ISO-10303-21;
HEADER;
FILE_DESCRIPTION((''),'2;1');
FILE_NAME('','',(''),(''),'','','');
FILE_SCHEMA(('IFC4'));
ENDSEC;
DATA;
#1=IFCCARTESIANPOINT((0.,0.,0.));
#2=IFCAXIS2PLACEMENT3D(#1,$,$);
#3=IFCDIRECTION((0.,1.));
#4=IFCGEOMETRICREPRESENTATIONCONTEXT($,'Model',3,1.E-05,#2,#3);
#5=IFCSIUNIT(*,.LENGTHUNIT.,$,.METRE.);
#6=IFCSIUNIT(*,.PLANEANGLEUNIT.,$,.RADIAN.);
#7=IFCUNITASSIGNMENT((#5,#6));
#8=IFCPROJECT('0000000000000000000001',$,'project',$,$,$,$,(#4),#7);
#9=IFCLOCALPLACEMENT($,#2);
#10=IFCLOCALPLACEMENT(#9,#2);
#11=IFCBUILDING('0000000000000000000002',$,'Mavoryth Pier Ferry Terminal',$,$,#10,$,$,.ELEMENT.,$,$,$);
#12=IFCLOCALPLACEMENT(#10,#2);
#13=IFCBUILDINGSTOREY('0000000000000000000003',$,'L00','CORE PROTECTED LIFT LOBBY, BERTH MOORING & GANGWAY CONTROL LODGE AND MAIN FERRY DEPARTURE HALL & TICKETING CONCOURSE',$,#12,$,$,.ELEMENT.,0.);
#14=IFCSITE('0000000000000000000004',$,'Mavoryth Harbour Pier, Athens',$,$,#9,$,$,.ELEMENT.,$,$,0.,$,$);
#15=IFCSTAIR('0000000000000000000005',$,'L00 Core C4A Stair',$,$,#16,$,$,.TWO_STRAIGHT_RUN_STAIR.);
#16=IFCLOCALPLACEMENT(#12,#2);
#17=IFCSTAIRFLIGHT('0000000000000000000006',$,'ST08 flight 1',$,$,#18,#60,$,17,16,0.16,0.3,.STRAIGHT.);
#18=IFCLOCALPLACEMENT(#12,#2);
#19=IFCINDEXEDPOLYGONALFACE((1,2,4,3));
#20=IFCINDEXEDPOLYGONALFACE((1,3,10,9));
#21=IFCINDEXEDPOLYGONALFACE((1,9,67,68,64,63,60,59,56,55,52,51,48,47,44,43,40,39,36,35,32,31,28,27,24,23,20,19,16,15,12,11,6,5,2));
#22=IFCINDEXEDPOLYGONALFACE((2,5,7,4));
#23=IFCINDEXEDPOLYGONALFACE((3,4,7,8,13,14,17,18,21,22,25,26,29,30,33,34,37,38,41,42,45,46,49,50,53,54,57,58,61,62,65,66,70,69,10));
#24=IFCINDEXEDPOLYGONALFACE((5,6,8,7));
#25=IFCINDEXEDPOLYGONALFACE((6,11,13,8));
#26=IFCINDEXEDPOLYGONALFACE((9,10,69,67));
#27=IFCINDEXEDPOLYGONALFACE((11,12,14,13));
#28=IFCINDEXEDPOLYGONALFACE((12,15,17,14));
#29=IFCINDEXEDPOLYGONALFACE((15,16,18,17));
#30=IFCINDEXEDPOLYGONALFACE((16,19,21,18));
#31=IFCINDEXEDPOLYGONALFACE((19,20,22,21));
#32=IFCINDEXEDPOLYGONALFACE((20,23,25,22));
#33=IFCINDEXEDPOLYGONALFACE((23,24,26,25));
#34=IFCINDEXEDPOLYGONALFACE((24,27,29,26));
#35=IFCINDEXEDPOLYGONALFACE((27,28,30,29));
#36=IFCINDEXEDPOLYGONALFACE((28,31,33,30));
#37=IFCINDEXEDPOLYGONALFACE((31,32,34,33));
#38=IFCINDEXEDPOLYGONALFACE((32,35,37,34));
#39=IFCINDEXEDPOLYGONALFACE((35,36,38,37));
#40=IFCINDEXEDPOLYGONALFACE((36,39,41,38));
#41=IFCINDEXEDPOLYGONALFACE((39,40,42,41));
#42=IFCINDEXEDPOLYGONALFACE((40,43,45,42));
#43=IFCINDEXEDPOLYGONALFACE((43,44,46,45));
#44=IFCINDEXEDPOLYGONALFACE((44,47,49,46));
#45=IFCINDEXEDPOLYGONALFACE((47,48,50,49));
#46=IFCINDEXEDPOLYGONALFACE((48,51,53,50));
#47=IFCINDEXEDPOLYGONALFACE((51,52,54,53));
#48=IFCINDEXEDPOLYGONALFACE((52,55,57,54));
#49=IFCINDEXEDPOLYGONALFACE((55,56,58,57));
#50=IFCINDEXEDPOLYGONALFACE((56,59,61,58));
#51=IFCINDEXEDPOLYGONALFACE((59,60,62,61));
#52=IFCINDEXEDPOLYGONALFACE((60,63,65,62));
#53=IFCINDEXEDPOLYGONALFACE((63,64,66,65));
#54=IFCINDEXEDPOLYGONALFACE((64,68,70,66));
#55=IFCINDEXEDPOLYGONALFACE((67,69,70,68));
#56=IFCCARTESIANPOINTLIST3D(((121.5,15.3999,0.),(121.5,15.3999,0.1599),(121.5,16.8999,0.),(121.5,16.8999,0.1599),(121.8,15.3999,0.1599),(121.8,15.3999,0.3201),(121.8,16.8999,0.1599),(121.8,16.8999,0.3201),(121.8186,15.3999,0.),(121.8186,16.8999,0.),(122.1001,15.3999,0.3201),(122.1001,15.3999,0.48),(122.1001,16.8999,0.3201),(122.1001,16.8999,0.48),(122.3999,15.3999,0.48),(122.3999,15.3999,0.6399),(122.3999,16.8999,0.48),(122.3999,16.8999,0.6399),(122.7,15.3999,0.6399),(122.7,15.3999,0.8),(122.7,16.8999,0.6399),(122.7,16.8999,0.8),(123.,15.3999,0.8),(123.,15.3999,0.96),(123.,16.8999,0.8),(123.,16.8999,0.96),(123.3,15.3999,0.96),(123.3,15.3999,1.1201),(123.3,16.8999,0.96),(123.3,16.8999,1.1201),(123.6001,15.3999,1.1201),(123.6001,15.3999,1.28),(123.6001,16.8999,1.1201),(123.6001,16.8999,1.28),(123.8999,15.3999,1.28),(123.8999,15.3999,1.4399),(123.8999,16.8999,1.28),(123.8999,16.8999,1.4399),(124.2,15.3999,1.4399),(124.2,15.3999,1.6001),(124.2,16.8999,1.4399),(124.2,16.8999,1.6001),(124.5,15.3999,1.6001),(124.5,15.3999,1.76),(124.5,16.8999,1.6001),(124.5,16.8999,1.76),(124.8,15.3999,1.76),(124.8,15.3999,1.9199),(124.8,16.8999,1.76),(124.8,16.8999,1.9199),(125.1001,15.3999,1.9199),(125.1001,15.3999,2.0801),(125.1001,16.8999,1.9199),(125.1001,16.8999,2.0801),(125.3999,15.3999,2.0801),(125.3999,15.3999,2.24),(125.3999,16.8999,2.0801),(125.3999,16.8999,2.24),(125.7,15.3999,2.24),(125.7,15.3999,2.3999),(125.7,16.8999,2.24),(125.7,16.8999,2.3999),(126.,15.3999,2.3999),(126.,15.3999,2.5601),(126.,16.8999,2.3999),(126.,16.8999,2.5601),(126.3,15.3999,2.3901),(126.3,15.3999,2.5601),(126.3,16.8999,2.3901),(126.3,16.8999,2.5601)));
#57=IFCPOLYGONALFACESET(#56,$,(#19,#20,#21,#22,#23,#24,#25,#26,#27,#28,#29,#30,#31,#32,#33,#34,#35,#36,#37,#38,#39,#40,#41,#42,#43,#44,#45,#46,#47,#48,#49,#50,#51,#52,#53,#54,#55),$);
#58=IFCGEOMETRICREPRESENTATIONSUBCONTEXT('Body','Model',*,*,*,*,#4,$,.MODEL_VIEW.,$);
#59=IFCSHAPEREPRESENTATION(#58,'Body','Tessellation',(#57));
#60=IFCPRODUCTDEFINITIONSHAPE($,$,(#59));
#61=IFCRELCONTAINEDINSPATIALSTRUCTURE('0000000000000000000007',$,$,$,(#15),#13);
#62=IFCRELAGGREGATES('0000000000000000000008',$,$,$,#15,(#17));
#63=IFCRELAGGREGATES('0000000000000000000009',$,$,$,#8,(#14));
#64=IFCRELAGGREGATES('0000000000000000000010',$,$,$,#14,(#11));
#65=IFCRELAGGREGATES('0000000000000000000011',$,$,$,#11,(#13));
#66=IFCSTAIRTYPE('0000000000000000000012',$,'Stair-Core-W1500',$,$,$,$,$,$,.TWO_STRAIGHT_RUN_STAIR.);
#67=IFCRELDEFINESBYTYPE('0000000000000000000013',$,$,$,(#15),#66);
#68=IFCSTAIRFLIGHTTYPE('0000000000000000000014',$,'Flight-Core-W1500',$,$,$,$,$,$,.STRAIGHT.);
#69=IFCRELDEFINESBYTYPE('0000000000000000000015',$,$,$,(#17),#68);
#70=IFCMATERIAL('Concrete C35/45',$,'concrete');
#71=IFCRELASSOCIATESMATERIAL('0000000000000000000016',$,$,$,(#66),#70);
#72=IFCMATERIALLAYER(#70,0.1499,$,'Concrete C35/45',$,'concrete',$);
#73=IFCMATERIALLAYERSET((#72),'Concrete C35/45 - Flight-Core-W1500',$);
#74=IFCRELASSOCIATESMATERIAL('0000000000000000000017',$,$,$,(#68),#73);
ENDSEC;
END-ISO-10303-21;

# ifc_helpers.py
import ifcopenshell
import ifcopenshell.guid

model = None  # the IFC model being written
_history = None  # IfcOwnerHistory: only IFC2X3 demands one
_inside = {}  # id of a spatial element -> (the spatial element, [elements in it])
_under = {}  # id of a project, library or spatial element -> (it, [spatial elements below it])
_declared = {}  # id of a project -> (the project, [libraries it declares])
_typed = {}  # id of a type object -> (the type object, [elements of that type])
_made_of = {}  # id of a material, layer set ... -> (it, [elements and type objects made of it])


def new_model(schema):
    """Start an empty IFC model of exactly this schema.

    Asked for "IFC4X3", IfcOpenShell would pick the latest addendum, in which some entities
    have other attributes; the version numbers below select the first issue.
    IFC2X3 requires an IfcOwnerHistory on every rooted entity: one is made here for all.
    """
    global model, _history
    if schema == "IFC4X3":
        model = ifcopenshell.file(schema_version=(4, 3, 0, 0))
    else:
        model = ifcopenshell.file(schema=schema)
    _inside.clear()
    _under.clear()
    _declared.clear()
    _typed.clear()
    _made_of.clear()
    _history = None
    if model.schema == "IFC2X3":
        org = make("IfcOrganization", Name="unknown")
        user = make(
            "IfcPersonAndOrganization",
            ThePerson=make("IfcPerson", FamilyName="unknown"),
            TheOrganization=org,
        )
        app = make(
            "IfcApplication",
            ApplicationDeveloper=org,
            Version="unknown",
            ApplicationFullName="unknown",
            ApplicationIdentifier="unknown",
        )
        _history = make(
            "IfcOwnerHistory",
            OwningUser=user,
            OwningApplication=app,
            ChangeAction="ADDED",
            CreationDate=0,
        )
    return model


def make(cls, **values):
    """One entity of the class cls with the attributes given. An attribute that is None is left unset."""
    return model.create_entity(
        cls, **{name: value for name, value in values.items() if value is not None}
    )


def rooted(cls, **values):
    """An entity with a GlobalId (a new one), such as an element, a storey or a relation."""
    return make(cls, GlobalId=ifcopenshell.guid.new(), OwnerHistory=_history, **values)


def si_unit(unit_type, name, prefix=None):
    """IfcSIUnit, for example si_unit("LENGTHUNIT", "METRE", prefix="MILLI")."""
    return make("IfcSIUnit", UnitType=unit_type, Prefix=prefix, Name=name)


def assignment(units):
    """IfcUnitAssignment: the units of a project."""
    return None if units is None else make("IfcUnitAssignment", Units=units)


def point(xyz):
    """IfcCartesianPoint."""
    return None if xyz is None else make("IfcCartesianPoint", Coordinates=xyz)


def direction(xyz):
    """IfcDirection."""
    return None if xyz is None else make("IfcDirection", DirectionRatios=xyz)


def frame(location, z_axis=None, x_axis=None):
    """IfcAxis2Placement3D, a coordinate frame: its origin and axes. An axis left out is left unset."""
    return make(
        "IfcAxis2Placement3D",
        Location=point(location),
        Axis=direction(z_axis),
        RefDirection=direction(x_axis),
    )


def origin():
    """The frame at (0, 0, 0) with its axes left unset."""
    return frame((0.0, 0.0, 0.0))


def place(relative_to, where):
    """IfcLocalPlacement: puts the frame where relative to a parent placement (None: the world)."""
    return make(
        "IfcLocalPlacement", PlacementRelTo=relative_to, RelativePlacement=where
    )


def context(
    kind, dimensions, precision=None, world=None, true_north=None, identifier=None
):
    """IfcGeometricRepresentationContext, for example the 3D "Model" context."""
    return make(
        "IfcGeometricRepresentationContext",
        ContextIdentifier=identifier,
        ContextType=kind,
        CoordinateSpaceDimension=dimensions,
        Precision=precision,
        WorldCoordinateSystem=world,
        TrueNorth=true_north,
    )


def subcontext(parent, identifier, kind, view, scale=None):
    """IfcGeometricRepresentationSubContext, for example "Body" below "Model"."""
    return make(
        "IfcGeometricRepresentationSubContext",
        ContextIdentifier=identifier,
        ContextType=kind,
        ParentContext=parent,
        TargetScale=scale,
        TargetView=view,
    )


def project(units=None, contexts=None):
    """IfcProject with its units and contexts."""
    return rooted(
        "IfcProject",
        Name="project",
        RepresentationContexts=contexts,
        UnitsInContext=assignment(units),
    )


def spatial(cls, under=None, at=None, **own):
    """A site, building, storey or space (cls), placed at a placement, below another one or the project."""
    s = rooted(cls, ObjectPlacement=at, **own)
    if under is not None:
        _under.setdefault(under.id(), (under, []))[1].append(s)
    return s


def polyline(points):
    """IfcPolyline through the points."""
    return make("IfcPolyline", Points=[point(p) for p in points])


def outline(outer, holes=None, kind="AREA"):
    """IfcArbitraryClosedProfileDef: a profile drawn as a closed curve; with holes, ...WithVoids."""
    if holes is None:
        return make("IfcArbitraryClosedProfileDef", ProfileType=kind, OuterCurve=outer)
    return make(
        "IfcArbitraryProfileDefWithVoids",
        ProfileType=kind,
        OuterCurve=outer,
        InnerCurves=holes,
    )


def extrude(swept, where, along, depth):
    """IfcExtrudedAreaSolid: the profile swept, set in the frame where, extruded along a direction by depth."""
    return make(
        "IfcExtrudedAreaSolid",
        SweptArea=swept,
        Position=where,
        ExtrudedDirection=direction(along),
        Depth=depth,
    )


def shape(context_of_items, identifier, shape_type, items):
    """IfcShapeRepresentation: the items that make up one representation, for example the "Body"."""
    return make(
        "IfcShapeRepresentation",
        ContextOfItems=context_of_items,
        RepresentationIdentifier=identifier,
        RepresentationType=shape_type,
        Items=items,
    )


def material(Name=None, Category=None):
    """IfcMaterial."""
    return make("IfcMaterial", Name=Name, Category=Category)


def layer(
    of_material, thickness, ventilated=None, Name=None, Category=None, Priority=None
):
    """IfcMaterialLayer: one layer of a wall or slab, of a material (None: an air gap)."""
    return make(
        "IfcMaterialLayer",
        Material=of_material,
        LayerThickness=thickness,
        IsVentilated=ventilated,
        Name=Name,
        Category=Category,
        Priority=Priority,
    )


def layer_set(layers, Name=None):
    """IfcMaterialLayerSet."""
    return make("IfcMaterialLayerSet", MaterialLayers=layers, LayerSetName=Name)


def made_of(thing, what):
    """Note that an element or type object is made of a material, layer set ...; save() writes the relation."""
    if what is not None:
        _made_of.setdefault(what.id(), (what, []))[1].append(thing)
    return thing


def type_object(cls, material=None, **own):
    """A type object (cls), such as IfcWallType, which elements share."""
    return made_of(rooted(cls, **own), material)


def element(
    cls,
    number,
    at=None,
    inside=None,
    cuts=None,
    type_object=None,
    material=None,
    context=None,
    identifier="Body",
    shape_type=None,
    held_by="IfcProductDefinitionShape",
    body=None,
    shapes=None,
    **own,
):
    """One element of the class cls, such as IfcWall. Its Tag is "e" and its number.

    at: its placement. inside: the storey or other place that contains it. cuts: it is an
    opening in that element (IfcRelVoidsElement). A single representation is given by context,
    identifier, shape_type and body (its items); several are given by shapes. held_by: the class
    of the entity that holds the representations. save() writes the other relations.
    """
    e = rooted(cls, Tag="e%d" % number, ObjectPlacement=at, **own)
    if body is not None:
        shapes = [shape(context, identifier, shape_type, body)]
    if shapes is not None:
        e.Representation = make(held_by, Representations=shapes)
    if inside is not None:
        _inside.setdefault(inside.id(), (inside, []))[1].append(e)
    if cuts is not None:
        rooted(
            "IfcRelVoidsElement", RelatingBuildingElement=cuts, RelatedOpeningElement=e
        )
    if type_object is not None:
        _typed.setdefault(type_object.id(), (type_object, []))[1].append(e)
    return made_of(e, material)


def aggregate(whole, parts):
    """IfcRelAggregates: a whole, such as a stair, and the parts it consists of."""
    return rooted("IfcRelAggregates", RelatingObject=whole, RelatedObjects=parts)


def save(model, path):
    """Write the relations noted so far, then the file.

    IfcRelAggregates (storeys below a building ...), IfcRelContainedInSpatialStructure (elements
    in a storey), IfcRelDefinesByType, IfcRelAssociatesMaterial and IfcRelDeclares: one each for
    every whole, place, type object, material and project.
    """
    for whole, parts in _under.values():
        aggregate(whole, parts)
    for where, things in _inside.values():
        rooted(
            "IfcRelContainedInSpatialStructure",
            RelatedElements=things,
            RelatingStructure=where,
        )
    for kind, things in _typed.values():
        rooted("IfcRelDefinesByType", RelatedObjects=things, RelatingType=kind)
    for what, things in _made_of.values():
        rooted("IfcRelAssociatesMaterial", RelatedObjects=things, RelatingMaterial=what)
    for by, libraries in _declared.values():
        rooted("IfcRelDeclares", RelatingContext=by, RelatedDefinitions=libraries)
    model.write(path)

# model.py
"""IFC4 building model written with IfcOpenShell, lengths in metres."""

from ifc_helpers import new_model, si_unit, direction, frame, origin, place, context, subcontext, project, spatial, polyline, outline, extrude, material, layer, layer_set, type_object, element, aggregate, save


model = new_model("IFC4")

# Units and contexts
model_context = context("Model", 3, precision=1e-05, world=origin(), true_north=direction((0.0, 1.0)))
body_context = subcontext(model_context, "Body", "Model", "MODEL_VIEW")
ifc_project = project(units=[si_unit("LENGTHUNIT", "METRE"), si_unit("PLANEANGLEUNIT", "RADIAN")], contexts=[model_context])

# Site, building, storey
site_placement = place(None, origin())
site = spatial("IfcSite", under=ifc_project, at=site_placement, Name="Mavoryth Harbour Pier, Athens", CompositionType="ELEMENT", RefElevation=0.0)
building_placement = place(site_placement, origin())
building = spatial("IfcBuilding", under=site, at=building_placement, Name="Mavoryth Pier Ferry Terminal", CompositionType="ELEMENT")
storey_placement = place(building_placement, origin())
storey = spatial("IfcBuildingStorey", under=building, at=storey_placement, Name="L00", Description="CORE PROTECTED LIFT LOBBY, BERTH MOORING & GANGWAY CONTROL LODGE AND MAIN FERRY DEPARTURE HALL & TICKETING CONCOURSE", CompositionType="ELEMENT", Elevation=0.0)

# Shared definitions
ifc_material_1 = material(Name="Concrete C35/45", Category="concrete")

# Stair, stair flight
stair_type = type_object("IfcStairType", Name="Stair-Core-W1500", PredefinedType="TWO_STRAIGHT_RUN_STAIR", material=ifc_material_1)
stair_placement = place(storey_placement, origin())
stair = element("IfcStair", 1, at=stair_placement, inside=storey, type_object=stair_type, Name="L00 Core C4A Stair", PredefinedType="TWO_STRAIGHT_RUN_STAIR")
ifc_layer_1 = layer(ifc_material_1, 0.1499, Name="Concrete C35/45", Category="concrete")
ifc_layer_set_1 = layer_set([ifc_layer_1], Name="Concrete C35/45 - Flight-Core-W1500")
stair_flight_type = type_object("IfcStairFlightType", Name="Flight-Core-W1500", PredefinedType="STRAIGHT", material=ifc_layer_set_1)
stair_flight_placement = place(storey_placement, frame((121.5, 16.1499, 0.0), z_axis=(0.0, 0.0, 1.0), x_axis=(1.0, 0.0, 0.0)))
stair_flight = element("IfcStairFlight", 2, at=stair_flight_placement, type_object=stair_flight_type, Name="ST08 flight 1", NumberOfRisers=17, NumberOfTreads=16, PredefinedType="STRAIGHT", RiserHeight=0.16, TreadLength=0.3, context=body_context, shape_type="SweptSolid", body=[
    extrude(outline(polyline([(0.0, 0.0), (0.0, 0.1599), (0.3, 0.1599), (0.3, 0.3201), (0.6001, 0.3201), (0.6001, 0.48), (0.8999, 0.48), (0.8999, 0.6399), (1.2, 0.6399), (1.2, 0.8), (1.5, 0.8), (1.5, 0.96), (1.8, 0.96), (1.8, 1.1201), (2.1001, 1.1201), (2.1001, 1.28), (2.3999, 1.28), (2.3999, 1.4399), (2.7, 1.4399), (2.7, 1.6001), (3.0, 1.6001), (3.0, 1.76), (3.3, 1.76), (3.3, 1.9199), (3.6001, 1.9199), (3.6001, 2.0801), (3.8999, 2.0801), (3.8999, 2.24), (4.2, 2.24), (4.2, 2.3999), (4.5, 2.3999), (4.5, 2.5601), (4.8, 2.5601), (4.8, 2.72), (4.8, 2.3901), (0.3186, 0.0), (0.0, 0.0)])), frame((0.0, 0.75, 0.0), z_axis=(0.0, -1.0, 0.0), x_axis=(1.0, 0.0, 0.0)), (0.0, 0.0, 1.0), 1.5),
])
aggregate(stair, [stair_flight])

save(model, "model.ifc")
